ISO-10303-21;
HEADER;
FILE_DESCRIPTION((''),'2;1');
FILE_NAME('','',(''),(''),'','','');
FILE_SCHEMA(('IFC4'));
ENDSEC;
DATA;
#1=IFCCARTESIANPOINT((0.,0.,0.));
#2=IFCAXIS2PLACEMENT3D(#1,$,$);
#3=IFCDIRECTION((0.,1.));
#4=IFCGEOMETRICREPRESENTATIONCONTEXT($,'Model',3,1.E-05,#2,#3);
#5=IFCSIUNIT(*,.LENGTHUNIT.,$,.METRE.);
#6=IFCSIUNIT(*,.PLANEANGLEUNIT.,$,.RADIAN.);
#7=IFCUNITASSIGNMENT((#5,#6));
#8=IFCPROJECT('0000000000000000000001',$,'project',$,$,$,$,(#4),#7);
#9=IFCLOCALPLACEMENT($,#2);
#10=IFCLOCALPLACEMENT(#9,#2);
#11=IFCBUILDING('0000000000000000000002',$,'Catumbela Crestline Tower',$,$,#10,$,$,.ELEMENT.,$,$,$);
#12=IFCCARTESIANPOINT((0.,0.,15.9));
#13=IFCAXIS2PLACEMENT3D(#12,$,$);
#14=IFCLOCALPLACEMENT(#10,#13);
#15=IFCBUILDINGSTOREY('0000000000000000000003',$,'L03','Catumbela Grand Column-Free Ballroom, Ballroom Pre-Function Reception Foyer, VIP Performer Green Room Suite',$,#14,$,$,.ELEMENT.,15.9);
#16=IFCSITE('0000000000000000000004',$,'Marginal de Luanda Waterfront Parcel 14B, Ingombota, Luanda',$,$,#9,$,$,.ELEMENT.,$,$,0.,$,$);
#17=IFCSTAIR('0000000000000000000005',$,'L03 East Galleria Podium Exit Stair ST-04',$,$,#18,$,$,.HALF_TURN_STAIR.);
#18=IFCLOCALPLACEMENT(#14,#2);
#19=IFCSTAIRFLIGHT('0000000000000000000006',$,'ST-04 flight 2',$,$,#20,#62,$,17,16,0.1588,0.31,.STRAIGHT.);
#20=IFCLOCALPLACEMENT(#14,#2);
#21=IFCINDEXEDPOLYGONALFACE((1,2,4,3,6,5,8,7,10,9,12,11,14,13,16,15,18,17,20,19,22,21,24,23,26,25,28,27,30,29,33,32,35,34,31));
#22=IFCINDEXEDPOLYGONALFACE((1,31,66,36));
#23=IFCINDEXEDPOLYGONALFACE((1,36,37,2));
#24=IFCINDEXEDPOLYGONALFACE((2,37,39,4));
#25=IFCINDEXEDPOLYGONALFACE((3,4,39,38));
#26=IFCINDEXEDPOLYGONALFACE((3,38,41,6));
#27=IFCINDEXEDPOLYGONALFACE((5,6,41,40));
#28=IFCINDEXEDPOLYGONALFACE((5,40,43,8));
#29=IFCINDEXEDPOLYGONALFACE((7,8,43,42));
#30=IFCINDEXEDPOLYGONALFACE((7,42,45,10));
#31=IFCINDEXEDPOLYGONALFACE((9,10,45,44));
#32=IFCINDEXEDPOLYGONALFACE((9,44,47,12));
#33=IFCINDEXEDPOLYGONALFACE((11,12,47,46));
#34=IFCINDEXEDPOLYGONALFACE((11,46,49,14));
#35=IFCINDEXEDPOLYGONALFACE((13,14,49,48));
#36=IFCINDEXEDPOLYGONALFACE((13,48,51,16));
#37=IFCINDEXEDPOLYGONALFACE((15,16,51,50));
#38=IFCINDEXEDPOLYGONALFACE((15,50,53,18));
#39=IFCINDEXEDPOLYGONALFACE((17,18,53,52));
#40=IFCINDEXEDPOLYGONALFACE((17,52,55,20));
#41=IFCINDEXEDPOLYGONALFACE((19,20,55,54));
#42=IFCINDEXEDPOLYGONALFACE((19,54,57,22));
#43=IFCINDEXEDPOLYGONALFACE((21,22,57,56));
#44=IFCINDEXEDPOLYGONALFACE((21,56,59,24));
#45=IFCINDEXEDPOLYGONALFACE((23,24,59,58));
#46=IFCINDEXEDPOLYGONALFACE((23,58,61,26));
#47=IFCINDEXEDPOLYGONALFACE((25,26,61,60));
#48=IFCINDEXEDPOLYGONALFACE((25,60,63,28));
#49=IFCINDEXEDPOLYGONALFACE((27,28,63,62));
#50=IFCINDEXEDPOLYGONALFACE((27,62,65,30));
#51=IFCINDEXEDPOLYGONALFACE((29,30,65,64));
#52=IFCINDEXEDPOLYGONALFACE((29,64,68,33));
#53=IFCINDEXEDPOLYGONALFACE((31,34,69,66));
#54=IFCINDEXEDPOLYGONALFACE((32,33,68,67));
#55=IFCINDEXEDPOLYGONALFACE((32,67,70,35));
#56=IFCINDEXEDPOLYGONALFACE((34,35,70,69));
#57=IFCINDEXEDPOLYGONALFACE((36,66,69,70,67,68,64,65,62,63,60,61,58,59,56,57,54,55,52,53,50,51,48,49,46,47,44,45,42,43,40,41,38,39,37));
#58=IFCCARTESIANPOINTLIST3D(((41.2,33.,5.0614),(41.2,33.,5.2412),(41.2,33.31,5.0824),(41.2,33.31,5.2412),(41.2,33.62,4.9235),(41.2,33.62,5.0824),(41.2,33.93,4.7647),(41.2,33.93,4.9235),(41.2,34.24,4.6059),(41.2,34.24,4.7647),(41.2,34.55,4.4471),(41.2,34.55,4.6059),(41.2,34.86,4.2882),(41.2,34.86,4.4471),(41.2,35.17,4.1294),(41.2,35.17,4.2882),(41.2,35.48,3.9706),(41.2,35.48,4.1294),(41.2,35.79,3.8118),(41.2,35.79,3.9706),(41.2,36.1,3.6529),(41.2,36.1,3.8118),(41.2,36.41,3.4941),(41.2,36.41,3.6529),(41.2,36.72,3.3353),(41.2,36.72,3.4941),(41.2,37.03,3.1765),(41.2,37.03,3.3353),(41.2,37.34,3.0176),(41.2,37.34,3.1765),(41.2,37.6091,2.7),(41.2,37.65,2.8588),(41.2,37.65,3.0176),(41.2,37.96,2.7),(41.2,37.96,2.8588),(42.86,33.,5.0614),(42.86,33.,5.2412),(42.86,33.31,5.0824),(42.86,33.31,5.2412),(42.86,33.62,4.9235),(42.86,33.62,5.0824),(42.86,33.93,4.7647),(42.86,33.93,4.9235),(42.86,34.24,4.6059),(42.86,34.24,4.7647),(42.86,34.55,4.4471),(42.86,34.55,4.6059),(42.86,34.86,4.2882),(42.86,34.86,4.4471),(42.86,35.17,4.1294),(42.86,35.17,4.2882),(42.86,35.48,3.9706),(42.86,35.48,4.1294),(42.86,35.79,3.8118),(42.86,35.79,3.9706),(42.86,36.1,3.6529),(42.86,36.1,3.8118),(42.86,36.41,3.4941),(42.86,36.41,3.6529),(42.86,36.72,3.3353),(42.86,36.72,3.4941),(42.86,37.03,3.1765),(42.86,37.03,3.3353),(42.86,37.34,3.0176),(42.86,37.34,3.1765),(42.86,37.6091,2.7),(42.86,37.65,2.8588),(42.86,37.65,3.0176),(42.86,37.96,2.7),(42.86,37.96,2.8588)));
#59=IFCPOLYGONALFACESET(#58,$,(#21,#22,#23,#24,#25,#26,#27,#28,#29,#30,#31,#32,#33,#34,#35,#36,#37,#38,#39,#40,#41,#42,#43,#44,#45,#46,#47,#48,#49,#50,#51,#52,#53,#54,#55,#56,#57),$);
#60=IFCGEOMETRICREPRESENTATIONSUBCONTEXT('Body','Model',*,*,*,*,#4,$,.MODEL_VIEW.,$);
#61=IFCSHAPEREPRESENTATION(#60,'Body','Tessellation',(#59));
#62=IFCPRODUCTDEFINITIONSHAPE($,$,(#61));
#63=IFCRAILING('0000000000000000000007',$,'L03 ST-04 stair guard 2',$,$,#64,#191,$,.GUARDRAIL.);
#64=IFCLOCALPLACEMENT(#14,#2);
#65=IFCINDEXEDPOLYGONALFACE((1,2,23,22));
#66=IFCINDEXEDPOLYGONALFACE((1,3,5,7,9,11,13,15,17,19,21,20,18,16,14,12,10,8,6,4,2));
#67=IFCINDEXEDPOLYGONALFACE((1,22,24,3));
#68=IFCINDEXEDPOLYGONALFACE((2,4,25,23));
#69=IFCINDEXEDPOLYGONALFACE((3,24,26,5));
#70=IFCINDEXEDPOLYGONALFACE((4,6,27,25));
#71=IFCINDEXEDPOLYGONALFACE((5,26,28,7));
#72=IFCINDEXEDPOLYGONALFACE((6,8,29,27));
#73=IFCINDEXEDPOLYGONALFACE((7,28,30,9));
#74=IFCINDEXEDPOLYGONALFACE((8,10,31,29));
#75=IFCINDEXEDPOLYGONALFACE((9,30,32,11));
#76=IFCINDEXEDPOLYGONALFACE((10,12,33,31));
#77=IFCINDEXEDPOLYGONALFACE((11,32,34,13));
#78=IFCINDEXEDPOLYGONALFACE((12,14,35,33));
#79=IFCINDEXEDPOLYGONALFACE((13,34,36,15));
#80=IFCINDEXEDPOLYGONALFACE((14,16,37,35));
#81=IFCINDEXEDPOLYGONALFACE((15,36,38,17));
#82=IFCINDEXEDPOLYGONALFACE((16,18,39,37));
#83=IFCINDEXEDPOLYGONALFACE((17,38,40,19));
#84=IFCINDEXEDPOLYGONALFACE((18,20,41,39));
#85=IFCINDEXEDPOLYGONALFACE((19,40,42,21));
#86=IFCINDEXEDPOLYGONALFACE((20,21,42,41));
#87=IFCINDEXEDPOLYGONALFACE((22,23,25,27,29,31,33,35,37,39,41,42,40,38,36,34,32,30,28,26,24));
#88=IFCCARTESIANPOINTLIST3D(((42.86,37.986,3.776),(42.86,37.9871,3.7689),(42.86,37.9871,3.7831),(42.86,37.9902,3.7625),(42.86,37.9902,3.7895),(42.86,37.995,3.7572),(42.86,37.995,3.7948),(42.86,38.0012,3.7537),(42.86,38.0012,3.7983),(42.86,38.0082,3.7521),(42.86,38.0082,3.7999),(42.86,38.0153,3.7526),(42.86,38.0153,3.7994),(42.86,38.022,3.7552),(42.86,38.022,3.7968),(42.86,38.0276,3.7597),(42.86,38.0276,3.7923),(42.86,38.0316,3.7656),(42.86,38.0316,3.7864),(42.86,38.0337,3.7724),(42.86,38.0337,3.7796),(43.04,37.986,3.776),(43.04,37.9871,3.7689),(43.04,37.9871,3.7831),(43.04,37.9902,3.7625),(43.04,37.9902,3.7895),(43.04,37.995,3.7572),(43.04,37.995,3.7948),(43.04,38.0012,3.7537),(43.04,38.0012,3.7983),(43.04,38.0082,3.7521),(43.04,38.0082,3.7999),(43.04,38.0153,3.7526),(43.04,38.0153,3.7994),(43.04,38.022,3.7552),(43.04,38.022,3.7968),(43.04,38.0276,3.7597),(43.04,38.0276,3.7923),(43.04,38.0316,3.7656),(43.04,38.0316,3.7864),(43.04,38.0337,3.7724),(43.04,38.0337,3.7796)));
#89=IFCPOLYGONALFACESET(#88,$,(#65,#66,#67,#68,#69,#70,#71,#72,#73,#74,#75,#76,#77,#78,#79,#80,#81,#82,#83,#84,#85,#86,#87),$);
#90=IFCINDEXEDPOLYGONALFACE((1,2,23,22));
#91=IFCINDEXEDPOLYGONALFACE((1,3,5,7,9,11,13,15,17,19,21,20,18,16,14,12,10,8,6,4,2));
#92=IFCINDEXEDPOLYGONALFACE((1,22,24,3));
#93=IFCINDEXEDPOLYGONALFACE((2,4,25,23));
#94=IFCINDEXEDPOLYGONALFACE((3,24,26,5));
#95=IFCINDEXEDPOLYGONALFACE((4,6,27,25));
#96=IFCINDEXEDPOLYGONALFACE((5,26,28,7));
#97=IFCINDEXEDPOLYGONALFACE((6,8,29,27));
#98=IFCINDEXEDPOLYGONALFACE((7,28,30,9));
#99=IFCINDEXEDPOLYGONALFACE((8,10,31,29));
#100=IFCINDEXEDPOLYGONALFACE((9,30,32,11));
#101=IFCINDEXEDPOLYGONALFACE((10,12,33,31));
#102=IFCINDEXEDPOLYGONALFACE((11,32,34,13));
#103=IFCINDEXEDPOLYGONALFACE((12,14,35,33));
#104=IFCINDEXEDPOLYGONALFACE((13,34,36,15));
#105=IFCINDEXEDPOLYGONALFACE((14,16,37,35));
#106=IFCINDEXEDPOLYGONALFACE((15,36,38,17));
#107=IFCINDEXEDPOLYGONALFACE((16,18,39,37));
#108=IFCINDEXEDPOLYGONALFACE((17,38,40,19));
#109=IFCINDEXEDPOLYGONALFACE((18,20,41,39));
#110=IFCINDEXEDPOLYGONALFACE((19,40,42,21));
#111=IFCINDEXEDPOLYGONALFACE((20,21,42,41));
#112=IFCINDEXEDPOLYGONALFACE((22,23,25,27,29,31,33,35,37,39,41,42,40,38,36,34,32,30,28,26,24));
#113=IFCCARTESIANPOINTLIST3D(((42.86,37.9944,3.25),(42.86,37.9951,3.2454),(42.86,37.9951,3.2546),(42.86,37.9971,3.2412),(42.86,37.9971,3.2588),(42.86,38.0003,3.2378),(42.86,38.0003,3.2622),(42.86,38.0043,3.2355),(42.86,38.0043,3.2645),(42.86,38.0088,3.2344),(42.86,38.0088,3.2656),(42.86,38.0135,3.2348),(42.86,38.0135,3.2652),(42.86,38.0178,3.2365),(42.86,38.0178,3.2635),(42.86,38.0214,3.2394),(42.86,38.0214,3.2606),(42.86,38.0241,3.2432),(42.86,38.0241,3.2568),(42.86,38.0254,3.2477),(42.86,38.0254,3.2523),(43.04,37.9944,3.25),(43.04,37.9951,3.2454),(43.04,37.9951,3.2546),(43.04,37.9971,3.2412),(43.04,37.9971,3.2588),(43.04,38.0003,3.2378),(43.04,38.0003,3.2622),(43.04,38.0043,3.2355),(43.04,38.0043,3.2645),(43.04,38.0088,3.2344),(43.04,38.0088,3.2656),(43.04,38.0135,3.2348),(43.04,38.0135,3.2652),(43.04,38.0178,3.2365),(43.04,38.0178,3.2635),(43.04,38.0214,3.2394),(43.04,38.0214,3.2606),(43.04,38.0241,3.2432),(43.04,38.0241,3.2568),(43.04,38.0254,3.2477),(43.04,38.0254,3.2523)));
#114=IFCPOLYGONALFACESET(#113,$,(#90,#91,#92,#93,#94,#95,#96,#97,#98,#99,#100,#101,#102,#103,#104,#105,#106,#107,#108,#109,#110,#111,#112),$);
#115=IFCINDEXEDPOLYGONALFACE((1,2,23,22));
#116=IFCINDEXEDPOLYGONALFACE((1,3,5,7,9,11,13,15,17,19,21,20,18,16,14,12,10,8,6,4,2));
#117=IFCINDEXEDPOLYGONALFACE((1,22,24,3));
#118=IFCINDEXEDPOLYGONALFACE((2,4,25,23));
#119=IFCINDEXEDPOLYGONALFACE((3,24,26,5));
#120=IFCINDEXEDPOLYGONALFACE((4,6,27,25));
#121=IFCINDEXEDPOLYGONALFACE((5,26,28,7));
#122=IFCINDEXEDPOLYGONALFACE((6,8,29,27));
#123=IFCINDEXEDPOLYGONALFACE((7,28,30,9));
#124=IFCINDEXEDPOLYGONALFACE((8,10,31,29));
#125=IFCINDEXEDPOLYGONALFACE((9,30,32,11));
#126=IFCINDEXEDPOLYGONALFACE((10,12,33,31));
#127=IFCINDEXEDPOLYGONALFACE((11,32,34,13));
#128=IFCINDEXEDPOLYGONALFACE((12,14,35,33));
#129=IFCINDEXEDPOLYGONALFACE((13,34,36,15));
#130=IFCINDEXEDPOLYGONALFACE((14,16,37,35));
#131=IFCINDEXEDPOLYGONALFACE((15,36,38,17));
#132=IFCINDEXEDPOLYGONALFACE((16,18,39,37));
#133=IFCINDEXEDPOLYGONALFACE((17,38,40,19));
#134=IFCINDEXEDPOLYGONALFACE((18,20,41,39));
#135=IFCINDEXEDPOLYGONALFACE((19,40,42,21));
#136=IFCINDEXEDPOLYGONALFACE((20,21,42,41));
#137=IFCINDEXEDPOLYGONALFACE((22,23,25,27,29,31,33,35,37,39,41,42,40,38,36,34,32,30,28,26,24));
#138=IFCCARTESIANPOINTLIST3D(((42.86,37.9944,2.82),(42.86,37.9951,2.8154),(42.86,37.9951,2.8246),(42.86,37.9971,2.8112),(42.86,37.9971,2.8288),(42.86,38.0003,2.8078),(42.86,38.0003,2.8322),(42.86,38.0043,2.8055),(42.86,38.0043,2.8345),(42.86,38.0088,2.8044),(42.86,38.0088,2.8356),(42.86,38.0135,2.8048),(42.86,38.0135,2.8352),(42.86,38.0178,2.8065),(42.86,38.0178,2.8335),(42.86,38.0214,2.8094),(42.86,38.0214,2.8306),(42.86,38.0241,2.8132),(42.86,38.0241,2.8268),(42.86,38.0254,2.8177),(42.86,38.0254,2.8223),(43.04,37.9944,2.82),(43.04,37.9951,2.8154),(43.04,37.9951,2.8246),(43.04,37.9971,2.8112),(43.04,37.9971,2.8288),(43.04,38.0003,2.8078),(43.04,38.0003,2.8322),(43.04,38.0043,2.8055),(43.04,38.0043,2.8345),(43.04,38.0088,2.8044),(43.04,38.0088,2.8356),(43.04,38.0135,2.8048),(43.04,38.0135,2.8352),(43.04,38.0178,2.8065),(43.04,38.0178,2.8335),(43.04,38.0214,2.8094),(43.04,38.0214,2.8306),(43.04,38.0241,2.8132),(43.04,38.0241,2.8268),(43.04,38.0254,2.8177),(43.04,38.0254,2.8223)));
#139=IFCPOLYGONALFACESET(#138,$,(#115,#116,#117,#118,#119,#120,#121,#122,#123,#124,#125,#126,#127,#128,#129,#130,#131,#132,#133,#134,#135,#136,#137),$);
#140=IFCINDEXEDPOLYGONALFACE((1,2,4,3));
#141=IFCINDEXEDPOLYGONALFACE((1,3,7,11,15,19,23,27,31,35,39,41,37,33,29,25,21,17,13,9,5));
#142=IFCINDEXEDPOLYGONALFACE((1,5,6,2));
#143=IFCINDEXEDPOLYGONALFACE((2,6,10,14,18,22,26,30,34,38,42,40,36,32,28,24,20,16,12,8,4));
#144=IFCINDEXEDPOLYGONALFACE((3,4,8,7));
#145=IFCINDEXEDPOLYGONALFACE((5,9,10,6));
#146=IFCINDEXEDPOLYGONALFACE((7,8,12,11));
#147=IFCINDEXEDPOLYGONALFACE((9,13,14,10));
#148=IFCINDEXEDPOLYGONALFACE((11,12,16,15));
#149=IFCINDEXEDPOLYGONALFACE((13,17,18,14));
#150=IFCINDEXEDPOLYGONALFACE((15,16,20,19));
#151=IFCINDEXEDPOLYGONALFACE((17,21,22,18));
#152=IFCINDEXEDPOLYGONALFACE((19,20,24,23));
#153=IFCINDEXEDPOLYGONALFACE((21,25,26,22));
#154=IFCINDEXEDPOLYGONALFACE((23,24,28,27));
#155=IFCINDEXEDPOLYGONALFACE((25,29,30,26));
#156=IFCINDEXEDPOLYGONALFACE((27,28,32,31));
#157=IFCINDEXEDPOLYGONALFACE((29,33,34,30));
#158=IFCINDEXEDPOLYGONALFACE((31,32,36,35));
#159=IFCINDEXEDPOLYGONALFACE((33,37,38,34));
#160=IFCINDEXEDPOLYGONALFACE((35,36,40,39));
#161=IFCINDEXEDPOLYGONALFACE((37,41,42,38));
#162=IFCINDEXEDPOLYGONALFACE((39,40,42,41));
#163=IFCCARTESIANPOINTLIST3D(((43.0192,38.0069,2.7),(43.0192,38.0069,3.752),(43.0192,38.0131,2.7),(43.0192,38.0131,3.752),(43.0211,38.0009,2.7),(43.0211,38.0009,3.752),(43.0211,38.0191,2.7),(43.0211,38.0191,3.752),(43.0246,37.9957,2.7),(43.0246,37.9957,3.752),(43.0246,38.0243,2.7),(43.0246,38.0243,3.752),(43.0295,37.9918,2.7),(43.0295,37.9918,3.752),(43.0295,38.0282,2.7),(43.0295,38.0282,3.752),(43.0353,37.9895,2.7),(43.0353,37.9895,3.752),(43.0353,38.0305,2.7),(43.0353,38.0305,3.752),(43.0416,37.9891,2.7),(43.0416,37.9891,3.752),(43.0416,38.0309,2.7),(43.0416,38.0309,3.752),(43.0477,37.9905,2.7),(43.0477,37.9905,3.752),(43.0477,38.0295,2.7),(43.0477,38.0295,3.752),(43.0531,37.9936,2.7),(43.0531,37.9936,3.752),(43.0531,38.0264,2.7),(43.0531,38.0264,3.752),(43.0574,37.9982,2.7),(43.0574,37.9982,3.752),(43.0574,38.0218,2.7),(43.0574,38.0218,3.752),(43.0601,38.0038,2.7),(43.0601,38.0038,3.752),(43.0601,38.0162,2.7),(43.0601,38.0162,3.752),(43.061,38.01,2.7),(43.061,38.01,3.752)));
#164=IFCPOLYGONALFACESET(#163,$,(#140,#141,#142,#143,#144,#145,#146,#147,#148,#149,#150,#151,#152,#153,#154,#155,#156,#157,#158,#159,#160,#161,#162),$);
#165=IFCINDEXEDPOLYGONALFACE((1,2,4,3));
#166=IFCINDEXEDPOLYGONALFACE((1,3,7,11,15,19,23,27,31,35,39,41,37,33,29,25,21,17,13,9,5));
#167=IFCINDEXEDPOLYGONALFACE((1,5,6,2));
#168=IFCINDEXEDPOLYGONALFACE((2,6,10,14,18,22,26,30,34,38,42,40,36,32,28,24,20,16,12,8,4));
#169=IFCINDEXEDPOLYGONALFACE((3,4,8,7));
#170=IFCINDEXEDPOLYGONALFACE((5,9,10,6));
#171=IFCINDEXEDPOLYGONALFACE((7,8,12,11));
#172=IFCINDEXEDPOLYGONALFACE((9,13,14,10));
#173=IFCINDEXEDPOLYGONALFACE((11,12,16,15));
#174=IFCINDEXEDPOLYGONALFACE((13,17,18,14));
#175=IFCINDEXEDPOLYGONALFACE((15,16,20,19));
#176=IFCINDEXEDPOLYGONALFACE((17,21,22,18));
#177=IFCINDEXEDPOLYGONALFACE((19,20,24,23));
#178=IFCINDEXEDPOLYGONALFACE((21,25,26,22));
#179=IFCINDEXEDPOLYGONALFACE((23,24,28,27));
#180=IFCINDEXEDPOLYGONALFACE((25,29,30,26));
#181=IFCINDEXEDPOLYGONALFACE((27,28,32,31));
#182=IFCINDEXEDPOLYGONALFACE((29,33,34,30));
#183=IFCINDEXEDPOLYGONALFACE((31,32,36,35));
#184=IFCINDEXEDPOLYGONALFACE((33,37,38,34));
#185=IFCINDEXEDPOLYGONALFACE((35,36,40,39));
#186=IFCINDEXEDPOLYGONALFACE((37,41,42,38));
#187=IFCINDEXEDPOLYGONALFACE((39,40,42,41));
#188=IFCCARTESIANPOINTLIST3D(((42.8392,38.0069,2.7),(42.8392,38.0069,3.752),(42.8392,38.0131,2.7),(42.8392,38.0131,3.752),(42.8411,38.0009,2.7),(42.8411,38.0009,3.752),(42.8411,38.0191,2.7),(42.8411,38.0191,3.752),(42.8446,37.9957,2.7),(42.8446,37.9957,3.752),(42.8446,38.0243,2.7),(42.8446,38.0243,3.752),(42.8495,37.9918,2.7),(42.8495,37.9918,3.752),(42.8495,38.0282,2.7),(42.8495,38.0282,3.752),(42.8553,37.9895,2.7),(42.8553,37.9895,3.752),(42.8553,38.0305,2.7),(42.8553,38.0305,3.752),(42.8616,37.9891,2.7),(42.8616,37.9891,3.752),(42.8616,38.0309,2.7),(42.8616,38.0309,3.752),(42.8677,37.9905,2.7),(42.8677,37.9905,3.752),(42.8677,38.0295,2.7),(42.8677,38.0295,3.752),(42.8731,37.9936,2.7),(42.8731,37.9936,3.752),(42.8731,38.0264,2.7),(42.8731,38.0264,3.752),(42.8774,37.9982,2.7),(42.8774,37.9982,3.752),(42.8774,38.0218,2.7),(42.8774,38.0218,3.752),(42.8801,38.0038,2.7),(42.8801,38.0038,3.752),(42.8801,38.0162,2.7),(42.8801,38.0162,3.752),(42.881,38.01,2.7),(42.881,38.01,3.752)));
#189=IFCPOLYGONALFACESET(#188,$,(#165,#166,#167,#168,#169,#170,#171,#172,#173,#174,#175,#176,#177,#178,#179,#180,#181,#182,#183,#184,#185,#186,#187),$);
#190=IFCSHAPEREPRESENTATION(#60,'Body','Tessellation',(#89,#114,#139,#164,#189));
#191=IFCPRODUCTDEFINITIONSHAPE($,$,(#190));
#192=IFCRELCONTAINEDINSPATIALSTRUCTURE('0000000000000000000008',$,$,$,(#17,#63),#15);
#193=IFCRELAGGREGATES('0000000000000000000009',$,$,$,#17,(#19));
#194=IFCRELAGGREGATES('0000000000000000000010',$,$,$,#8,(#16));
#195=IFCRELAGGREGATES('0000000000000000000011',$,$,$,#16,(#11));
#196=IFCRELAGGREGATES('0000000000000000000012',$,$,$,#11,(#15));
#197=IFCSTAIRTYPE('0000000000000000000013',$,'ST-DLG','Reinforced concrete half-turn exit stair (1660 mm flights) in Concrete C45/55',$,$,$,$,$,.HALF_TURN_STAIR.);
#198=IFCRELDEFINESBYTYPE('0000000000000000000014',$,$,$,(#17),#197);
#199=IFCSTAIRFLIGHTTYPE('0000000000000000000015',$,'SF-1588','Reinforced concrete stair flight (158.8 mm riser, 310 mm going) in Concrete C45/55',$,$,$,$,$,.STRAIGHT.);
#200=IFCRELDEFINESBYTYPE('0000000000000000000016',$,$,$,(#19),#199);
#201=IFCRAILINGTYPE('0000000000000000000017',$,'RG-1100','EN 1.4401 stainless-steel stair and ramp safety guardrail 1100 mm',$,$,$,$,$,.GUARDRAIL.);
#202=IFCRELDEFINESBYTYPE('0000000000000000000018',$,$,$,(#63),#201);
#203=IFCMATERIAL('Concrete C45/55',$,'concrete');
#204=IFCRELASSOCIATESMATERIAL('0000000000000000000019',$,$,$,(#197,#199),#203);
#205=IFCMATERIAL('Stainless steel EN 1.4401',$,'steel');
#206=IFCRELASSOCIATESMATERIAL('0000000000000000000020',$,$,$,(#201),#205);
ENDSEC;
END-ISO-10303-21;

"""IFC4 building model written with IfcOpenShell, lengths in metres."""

from ifc_helpers import new_model, si_unit, direction, frame, origin, origin_2d, place, context, subcontext, project, spatial, polyline, circle, outline, extrude, material, type_object, element, aggregate, save


model = new_model("IFC4")

# Units and contexts
model_context = context("Model", 3, precision=1e-05, world=origin(), true_north=direction((0.0, 1.0)))
body_context = subcontext(model_context, "Body", "Model", "MODEL_VIEW")
ifc_project = project(units=[si_unit("LENGTHUNIT", "METRE"), si_unit("PLANEANGLEUNIT", "RADIAN")], contexts=[model_context])

# Site, building, storey
site_placement = place(None, origin())
site = spatial("IfcSite", under=ifc_project, at=site_placement, Name="Marginal de Luanda Waterfront Parcel 14B, Ingombota, Luanda", CompositionType="ELEMENT", RefElevation=0.0)
building_placement = place(site_placement, origin())
building = spatial("IfcBuilding", under=site, at=building_placement, Name="Catumbela Crestline Tower", CompositionType="ELEMENT")
storey_placement = place(building_placement, frame((0.0, 0.0, 15.9)))
storey = spatial("IfcBuildingStorey", under=building, at=storey_placement, Name="L03", Description="Catumbela Grand Column-Free Ballroom, Ballroom Pre-Function Reception Foyer, VIP Performer Green Room Suite", CompositionType="ELEMENT", Elevation=15.9)

# Stair, stair flight
ifc_material_1 = material(Name="Concrete C45/55", Category="concrete")
stair_type = type_object("IfcStairType", Name="ST-DLG", Description="Reinforced concrete half-turn exit stair (1660 mm flights) in Concrete C45/55", PredefinedType="HALF_TURN_STAIR", material=ifc_material_1)
stair_placement = place(storey_placement, origin())
stair = element("IfcStair", 1, at=stair_placement, inside=storey, type_object=stair_type, Name="L03 East Galleria Podium Exit Stair ST-04", PredefinedType="HALF_TURN_STAIR")
stair_flight_type = type_object("IfcStairFlightType", Name="SF-1588", Description="Reinforced concrete stair flight (158.8 mm riser, 310 mm going) in Concrete C45/55", PredefinedType="STRAIGHT", material=ifc_material_1)
stair_flight_1_placement = place(storey_placement, frame((42.03, 37.96, 2.7), z_axis=(0.0, 0.0, 1.0), x_axis=(0.0, -1.0, 0.0)))
stair_flight_1 = element("IfcStairFlight", 2, at=stair_flight_1_placement, type_object=stair_flight_type, Name="ST-04 flight 2", NumberOfRisers=17, NumberOfTreads=16, PredefinedType="STRAIGHT", RiserHeight=0.1588, TreadLength=0.31, context=body_context, shape_type="SweptSolid", body=[
    extrude(outline(polyline([(0.0, 0.0), (0.0, 0.1588), (0.31, 0.1588), (0.31, 0.3176), (0.62, 0.3176), (0.62, 0.4765), (0.93, 0.4765), (0.93, 0.6353), (1.24, 0.6353), (1.24, 0.7941), (1.55, 0.7941), (1.55, 0.9529), (1.86, 0.9529), (1.86, 1.1118), (2.17, 1.1118), (2.17, 1.2706), (2.48, 1.2706), (2.48, 1.4294), (2.79, 1.4294), (2.79, 1.5882), (3.1, 1.5882), (3.1, 1.7471), (3.41, 1.7471), (3.41, 1.9059), (3.72, 1.9059), (3.72, 2.0647), (4.03, 2.0647), (4.03, 2.2235), (4.34, 2.2235), (4.34, 2.3824), (4.65, 2.3824), (4.65, 2.5412), (4.96, 2.5412), (4.96, 2.7), (4.96, 2.3614), (0.3509, 0.0), (0.0, 0.0)])), frame((0.0, 0.83, 0.0), z_axis=(0.0, -1.0, 0.0), x_axis=(1.0, 0.0, 0.0)), (0.0, 0.0, 1.0), 1.66),
])
aggregate(stair, [stair_flight_1])

# Railing
ifc_material_2 = material(Name="Stainless steel EN 1.4401", Category="steel")
railing_type_1 = type_object("IfcRailingType", Name="RG-1100", Description="EN 1.4401 stainless-steel stair and ramp safety guardrail 1100 mm", PredefinedType="GUARDRAIL", material=ifc_material_2)
railing_1_placement = place(storey_placement, frame((43.04, 38.01, 2.7)))
element("IfcRailing", 3, at=railing_1_placement, inside=storey, type_object=railing_type_1, Name="L03 ST-04 stair guard 2", PredefinedType="GUARDRAIL", context=body_context, shape_type="SweptSolid", body=[
    extrude(circle(Radius=0.024, at=origin_2d()), frame((0.0, 0.0, 1.076), z_axis=(-1.0, 0.0, 0.0), x_axis=(0.0, -1.0, 0.0)), (0.0, 0.0, 1.0), 0.18),
    extrude(circle(Radius=0.0156, at=origin_2d()), frame((0.0, 0.0, 0.55), z_axis=(-1.0, 0.0, 0.0), x_axis=(0.0, -1.0, 0.0)), (0.0, 0.0, 1.0), 0.18),
    extrude(circle(Radius=0.0156, at=origin_2d()), frame((0.0, 0.0, 0.12), z_axis=(-1.0, 0.0, 0.0), x_axis=(0.0, -1.0, 0.0)), (0.0, 0.0, 1.0), 0.18),
    extrude(circle(Radius=0.021, at=origin_2d()), origin(), (0.0, 0.0, 1.0), 1.052),
    extrude(circle(Radius=0.021, at=origin_2d()), frame((-0.18, 0.0, 0.0)), (0.0, 0.0, 1.0), 1.052),
])

save(model, "model.ifc")
